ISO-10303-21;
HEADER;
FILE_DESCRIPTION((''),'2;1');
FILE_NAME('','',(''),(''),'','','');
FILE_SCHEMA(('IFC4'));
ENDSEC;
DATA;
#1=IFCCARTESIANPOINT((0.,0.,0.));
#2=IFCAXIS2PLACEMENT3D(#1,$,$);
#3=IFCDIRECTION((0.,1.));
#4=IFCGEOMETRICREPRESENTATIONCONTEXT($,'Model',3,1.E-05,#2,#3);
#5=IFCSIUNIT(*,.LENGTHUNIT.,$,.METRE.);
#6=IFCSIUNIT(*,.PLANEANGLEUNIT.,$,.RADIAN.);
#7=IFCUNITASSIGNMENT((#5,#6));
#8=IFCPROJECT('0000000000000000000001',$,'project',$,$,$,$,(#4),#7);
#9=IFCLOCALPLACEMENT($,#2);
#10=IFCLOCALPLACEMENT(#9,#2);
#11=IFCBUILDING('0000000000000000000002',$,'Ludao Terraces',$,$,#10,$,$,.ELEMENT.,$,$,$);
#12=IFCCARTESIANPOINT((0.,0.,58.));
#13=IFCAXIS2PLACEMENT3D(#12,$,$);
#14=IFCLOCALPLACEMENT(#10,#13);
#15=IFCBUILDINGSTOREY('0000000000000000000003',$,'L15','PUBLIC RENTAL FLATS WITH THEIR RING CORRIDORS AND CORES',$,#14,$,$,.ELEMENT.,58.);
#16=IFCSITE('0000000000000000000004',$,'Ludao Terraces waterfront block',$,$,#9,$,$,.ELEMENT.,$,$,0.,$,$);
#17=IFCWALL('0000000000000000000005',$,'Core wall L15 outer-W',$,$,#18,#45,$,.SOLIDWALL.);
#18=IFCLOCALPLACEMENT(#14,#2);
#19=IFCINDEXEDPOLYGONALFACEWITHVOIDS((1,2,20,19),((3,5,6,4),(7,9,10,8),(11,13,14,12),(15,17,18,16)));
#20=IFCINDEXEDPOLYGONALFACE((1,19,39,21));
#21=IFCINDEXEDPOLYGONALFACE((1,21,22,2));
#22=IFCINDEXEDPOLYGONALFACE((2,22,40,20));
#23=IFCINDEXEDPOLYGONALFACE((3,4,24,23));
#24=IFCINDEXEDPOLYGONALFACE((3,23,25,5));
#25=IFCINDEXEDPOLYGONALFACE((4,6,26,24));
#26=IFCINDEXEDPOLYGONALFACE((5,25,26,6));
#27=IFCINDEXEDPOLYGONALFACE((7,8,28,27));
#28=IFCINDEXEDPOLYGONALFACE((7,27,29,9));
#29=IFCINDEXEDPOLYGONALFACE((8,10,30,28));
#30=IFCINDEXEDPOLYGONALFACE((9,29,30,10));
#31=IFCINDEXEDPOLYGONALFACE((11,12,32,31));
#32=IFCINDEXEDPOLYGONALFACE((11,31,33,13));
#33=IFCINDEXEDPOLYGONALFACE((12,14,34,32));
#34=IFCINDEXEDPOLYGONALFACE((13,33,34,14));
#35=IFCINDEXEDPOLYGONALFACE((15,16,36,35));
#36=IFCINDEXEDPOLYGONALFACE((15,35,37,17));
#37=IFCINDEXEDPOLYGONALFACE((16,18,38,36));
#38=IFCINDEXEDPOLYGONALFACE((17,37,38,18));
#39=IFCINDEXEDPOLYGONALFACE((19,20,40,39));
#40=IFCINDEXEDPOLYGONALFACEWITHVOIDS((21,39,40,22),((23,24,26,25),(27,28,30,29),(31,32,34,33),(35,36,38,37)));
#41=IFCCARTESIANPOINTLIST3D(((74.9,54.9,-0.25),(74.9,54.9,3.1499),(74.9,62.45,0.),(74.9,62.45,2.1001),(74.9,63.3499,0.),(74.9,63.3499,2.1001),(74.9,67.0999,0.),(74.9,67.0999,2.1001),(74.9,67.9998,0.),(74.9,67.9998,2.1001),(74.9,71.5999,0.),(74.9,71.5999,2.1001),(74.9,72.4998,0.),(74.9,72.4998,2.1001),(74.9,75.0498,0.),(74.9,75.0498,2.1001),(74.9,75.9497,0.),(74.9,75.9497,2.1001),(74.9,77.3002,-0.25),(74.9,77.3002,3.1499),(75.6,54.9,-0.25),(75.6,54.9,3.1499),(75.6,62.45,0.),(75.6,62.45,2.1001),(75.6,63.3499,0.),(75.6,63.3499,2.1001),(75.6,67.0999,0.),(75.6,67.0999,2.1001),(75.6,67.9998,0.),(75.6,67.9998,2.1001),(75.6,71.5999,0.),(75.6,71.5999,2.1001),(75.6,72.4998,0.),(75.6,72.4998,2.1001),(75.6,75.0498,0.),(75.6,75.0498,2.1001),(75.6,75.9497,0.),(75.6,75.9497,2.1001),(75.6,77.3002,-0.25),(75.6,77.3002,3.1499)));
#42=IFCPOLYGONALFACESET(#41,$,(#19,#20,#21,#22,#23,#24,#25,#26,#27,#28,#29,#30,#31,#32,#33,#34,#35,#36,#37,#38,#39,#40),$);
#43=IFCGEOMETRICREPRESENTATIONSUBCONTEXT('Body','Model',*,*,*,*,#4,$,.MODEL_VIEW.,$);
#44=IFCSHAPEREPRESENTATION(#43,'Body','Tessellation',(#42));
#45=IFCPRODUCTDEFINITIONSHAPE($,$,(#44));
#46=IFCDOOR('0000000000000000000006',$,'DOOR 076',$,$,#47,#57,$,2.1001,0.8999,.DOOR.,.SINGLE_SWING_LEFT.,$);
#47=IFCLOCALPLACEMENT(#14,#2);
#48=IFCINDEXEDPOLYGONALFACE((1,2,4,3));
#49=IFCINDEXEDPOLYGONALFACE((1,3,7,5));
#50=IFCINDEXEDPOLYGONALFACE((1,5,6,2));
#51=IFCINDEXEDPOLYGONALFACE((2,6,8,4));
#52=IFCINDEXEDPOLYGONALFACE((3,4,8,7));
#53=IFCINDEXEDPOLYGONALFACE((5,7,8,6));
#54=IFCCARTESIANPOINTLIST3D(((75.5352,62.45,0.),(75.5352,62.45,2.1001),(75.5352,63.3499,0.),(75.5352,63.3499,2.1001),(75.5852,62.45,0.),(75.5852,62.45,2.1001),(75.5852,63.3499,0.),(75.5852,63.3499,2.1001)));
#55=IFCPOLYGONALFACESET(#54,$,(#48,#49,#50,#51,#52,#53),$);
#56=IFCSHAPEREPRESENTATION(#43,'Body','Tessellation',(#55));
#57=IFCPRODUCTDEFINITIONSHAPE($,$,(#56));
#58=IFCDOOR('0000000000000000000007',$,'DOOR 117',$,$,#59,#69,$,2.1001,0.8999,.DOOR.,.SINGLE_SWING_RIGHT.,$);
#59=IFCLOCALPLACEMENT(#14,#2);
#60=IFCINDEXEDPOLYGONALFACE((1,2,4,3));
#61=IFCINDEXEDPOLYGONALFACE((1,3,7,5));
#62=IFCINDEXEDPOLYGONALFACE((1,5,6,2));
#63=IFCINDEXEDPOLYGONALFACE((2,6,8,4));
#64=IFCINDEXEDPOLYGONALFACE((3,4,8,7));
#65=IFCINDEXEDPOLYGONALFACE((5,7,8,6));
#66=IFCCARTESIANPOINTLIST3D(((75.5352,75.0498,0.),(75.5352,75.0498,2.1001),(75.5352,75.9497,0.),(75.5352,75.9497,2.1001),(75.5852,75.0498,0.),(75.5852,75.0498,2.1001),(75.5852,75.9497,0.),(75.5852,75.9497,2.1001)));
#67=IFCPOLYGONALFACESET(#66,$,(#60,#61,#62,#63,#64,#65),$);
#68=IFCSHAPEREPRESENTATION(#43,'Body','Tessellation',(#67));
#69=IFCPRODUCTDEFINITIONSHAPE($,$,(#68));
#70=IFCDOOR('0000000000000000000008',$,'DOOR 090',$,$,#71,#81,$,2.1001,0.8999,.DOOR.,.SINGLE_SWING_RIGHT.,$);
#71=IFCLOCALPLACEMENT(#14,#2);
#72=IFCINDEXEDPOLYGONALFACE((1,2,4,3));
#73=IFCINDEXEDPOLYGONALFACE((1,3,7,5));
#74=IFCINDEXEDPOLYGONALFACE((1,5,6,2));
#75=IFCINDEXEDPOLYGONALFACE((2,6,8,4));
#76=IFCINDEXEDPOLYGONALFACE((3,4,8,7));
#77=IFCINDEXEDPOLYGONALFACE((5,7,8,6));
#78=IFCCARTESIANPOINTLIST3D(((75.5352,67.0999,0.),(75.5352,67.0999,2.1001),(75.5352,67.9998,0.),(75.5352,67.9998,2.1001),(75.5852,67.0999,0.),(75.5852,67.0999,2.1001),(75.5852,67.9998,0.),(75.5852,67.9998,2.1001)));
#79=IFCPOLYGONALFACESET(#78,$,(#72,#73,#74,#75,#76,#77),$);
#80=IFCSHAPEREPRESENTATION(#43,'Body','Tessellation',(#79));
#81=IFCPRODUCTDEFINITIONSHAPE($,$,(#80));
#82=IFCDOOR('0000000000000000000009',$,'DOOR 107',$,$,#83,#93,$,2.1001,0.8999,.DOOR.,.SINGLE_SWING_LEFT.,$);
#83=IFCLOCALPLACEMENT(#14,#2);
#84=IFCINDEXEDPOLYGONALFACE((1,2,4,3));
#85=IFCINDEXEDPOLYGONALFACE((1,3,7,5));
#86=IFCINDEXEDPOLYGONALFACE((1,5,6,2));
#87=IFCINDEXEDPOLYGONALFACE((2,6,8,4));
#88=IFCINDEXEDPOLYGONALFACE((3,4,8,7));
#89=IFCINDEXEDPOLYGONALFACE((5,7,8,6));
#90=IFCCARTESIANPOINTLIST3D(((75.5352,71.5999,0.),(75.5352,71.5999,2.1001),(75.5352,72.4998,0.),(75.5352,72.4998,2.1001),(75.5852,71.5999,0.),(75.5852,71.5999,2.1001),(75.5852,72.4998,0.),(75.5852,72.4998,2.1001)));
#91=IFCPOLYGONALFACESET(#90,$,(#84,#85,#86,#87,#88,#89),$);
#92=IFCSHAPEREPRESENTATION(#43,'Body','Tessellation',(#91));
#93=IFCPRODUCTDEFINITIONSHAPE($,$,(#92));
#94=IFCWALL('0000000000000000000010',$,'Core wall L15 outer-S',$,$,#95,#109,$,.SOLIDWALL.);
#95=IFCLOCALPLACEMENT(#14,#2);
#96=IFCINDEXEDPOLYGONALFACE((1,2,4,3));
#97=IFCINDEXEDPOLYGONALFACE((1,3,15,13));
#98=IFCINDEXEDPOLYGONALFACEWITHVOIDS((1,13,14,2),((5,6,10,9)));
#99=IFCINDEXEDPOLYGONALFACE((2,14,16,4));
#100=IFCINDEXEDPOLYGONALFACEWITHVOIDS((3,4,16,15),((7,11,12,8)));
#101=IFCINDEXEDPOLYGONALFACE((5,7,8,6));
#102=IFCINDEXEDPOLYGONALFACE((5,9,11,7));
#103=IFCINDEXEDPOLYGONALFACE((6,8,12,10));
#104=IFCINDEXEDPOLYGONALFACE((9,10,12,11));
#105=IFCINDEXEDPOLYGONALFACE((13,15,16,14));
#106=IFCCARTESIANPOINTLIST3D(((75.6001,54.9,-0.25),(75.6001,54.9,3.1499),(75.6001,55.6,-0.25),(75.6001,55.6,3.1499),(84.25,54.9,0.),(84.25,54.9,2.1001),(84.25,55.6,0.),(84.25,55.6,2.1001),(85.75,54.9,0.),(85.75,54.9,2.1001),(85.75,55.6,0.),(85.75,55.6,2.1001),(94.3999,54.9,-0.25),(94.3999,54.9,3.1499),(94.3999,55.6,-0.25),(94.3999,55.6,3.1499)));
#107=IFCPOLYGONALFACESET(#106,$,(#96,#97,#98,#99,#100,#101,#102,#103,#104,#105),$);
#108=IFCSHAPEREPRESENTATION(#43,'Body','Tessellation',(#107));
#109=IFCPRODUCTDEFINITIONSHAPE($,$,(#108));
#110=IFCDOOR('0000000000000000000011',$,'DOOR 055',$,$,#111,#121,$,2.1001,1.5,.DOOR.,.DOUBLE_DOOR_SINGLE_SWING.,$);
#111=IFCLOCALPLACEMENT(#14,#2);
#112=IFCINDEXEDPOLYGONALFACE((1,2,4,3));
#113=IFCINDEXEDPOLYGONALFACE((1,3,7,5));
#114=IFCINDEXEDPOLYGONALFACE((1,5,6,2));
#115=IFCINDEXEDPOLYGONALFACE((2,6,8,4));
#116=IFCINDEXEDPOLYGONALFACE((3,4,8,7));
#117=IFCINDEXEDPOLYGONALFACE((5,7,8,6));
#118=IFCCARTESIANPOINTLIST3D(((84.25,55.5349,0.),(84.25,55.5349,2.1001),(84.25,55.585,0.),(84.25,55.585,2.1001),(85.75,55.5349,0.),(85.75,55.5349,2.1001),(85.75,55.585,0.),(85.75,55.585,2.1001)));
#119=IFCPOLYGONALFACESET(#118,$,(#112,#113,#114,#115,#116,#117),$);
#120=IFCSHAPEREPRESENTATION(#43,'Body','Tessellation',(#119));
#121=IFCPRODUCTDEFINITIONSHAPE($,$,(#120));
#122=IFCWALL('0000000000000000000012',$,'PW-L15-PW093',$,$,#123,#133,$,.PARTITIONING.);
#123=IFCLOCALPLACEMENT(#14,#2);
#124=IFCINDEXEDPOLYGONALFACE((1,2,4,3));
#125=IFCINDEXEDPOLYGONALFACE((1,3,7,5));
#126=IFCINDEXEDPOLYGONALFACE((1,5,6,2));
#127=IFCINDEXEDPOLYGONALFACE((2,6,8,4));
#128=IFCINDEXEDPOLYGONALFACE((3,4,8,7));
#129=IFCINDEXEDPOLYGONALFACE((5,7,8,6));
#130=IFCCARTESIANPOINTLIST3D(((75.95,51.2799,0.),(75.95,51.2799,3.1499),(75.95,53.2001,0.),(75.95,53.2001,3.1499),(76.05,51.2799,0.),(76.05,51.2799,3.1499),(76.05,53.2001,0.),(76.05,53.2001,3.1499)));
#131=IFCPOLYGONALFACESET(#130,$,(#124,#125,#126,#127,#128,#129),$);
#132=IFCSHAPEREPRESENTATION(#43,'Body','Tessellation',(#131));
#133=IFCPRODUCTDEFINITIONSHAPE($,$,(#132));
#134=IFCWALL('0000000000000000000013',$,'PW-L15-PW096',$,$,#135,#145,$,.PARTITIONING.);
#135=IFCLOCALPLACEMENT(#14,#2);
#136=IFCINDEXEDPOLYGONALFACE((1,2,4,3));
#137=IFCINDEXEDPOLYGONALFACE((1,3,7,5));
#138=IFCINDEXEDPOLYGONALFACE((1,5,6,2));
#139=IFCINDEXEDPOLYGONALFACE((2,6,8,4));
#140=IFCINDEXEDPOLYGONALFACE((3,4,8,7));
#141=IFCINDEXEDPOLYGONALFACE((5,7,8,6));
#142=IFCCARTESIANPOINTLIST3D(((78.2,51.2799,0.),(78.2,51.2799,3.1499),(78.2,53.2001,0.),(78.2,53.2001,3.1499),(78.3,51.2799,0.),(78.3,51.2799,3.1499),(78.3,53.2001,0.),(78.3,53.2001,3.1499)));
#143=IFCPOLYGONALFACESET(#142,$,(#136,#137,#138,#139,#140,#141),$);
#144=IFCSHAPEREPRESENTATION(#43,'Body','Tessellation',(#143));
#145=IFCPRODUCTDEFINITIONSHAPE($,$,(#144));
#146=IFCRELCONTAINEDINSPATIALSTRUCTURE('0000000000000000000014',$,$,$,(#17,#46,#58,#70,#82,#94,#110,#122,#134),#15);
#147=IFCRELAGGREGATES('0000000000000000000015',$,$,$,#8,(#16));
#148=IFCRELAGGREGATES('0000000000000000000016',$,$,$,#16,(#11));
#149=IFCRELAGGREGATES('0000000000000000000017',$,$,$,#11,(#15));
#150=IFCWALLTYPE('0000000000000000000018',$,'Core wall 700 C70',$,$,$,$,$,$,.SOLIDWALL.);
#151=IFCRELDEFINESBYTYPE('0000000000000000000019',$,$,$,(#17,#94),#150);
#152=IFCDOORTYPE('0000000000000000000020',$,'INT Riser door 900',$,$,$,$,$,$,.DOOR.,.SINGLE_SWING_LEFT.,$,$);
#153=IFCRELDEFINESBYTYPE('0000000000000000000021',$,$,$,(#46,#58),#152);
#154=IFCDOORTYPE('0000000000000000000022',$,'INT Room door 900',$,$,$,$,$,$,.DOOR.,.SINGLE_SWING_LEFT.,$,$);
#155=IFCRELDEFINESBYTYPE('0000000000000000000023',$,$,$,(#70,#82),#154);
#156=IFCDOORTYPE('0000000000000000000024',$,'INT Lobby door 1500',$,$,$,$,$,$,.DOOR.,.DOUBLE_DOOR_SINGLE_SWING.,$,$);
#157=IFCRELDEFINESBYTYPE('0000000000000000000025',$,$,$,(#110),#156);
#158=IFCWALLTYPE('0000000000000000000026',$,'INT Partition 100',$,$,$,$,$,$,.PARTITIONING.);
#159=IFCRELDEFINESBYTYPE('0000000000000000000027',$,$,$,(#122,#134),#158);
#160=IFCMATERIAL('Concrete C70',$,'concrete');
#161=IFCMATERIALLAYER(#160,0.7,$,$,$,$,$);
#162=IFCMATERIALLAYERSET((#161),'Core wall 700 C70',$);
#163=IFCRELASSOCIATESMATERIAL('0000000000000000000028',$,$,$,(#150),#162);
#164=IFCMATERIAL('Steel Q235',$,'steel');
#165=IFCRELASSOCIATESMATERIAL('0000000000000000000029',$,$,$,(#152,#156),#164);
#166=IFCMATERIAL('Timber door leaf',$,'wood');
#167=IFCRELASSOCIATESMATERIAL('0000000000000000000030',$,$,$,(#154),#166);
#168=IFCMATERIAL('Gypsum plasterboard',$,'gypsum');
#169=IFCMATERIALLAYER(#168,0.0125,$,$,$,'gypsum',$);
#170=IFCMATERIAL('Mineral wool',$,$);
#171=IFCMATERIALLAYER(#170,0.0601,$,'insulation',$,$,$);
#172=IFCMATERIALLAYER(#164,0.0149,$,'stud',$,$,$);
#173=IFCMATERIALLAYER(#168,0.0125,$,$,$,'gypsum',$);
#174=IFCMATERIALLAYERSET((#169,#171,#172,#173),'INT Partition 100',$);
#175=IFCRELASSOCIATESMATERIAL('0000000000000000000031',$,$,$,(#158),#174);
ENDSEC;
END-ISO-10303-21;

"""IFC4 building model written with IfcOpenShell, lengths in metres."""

from ifc_helpers import new_model, si_unit, direction, frame, frame_2d, origin, place, context, subcontext, project, spatial, rectangle, extrude, material, layer, layer_set, type_object, element, fill, save


model = new_model("IFC4")

# Units and contexts
model_context = context("Model", 3, precision=1e-05, world=origin(), true_north=direction((0.0, 1.0)))
body_context = subcontext(model_context, "Body", "Model", "MODEL_VIEW")
ifc_project = project(units=[si_unit("LENGTHUNIT", "METRE"), si_unit("PLANEANGLEUNIT", "RADIAN")], contexts=[model_context])

# Site, building, storey
site_placement = place(None, origin())
site = spatial("IfcSite", under=ifc_project, at=site_placement, Name="Ludao Terraces waterfront block", CompositionType="ELEMENT", RefElevation=0.0)
building_placement = place(site_placement, origin())
building = spatial("IfcBuilding", under=site, at=building_placement, Name="Ludao Terraces", CompositionType="ELEMENT")
storey_placement = place(building_placement, frame((0.0, 0.0, 58.0)))
storey = spatial("IfcBuildingStorey", under=building, at=storey_placement, Name="L15", Description="PUBLIC RENTAL FLATS WITH THEIR RING CORRIDORS AND CORES", CompositionType="ELEMENT", Elevation=58.0)

# Wall, openings, doors
ifc_material_1 = material(Name="Concrete C70", Category="concrete")
ifc_layer_1 = layer(ifc_material_1, 0.7)
ifc_layer_set_1 = layer_set([ifc_layer_1], Name="Core wall 700 C70")
wall_type_1 = type_object("IfcWallType", Name="Core wall 700 C70", PredefinedType="SOLIDWALL", material=ifc_layer_set_1)
wall_1_placement = place(storey_placement, frame((75.25, 54.8999, -0.25), z_axis=(0.0, 0.0, 1.0), x_axis=(0.0, 1.0, 0.0)))
wall_1 = element("IfcWall", 1, at=wall_1_placement, inside=storey, type_object=wall_type_1, Name="Core wall L15 outer-W", PredefinedType="SOLIDWALL", context=body_context, shape_type="SweptSolid", body=[
    extrude(rectangle(XDim=22.4001, YDim=0.7, at=frame_2d((11.2002, 0.0))), origin(), (0.0, 0.0, 1.0), 3.3999),
])
opening_1_placement = place(wall_1_placement, frame((7.55, 0.0, 0.25)))
opening_1 = element("IfcOpeningElement", 2, at=opening_1_placement, cuts=wall_1, PredefinedType="OPENING", context=body_context, shape_type="SweptSolid", body=[
    extrude(rectangle(XDim=0.8999, YDim=2.1001, at=frame_2d((0.45, 1.05))), frame((0.0, 0.3599, 0.0), z_axis=(0.0, -1.0, 0.0), x_axis=(1.0, 0.0, 0.0)), (0.0, 0.0, 1.0), 0.72),
])
opening_2_placement = place(wall_1_placement, frame((12.2, 0.0, 0.25)))
opening_2 = element("IfcOpeningElement", 3, at=opening_2_placement, cuts=wall_1, PredefinedType="OPENING", context=body_context, shape_type="SweptSolid", body=[
    extrude(rectangle(XDim=0.8999, YDim=2.1001, at=frame_2d((0.45, 1.05))), frame((0.0, 0.3599, 0.0), z_axis=(0.0, -1.0, 0.0), x_axis=(1.0, 0.0, 0.0)), (0.0, 0.0, 1.0), 0.72),
])
opening_3_placement = place(wall_1_placement, frame((16.7, 0.0, 0.25)))
opening_3 = element("IfcOpeningElement", 4, at=opening_3_placement, cuts=wall_1, PredefinedType="OPENING", context=body_context, shape_type="SweptSolid", body=[
    extrude(rectangle(XDim=0.8999, YDim=2.1001, at=frame_2d((0.45, 1.05))), frame((0.0, 0.3599, 0.0), z_axis=(0.0, -1.0, 0.0), x_axis=(1.0, 0.0, 0.0)), (0.0, 0.0, 1.0), 0.72),
])
opening_4_placement = place(wall_1_placement, frame((20.1499, 0.0, 0.25)))
opening_4 = element("IfcOpeningElement", 5, at=opening_4_placement, cuts=wall_1, PredefinedType="OPENING", context=body_context, shape_type="SweptSolid", body=[
    extrude(rectangle(XDim=0.8999, YDim=2.1001, at=frame_2d((0.45, 1.05))), frame((0.0, 0.3599, 0.0), z_axis=(0.0, -1.0, 0.0), x_axis=(1.0, 0.0, 0.0)), (0.0, 0.0, 1.0), 0.72),
])
ifc_material_2 = material(Name="Steel Q235", Category="steel")
door_type_1 = type_object("IfcDoorType", Name="INT Riser door 900", OperationType="SINGLE_SWING_LEFT", PredefinedType="DOOR", material=ifc_material_2)
door_1_placement = place(opening_1_placement, origin())
door_1 = element("IfcDoor", 6, at=door_1_placement, inside=storey, type_object=door_type_1, Name="DOOR 076", OperationType="SINGLE_SWING_LEFT", OverallHeight=2.1001, OverallWidth=0.8999, PredefinedType="DOOR", context=body_context, shape_type="SweptSolid", body=[
    extrude(rectangle(XDim=0.8999, YDim=2.1001, at=frame_2d((0.45, 1.05))), frame((0.0, -0.2852, 0.0), z_axis=(0.0, -1.0, 0.0), x_axis=(1.0, 0.0, 0.0)), (0.0, 0.0, 1.0), 0.05),
])
fill(opening_1, door_1)
door_2_placement = place(opening_4_placement, origin())
door_2 = element("IfcDoor", 7, at=door_2_placement, inside=storey, type_object=door_type_1, Name="DOOR 117", OperationType="SINGLE_SWING_RIGHT", OverallHeight=2.1001, OverallWidth=0.8999, PredefinedType="DOOR", context=body_context, shape_type="SweptSolid", body=[
    extrude(rectangle(XDim=0.8999, YDim=2.1001, at=frame_2d((0.45, 1.05))), frame((0.0, -0.2852, 0.0), z_axis=(0.0, -1.0, 0.0), x_axis=(1.0, 0.0, 0.0)), (0.0, 0.0, 1.0), 0.05),
])
fill(opening_4, door_2)
ifc_material_3 = material(Name="Timber door leaf", Category="wood")
door_type_2 = type_object("IfcDoorType", Name="INT Room door 900", OperationType="SINGLE_SWING_LEFT", PredefinedType="DOOR", material=ifc_material_3)
door_3_placement = place(opening_2_placement, origin())
door_3 = element("IfcDoor", 8, at=door_3_placement, inside=storey, type_object=door_type_2, Name="DOOR 090", OperationType="SINGLE_SWING_RIGHT", OverallHeight=2.1001, OverallWidth=0.8999, PredefinedType="DOOR", context=body_context, shape_type="SweptSolid", body=[
    extrude(rectangle(XDim=0.8999, YDim=2.1001, at=frame_2d((0.45, 1.05))), frame((0.0, -0.2852, 0.0), z_axis=(0.0, -1.0, 0.0), x_axis=(1.0, 0.0, 0.0)), (0.0, 0.0, 1.0), 0.05),
])
fill(opening_2, door_3)
door_4_placement = place(opening_3_placement, origin())
door_4 = element("IfcDoor", 9, at=door_4_placement, inside=storey, type_object=door_type_2, Name="DOOR 107", OperationType="SINGLE_SWING_LEFT", OverallHeight=2.1001, OverallWidth=0.8999, PredefinedType="DOOR", context=body_context, shape_type="SweptSolid", body=[
    extrude(rectangle(XDim=0.8999, YDim=2.1001, at=frame_2d((0.45, 1.05))), frame((0.0, -0.2852, 0.0), z_axis=(0.0, -1.0, 0.0), x_axis=(1.0, 0.0, 0.0)), (0.0, 0.0, 1.0), 0.05),
])
fill(opening_3, door_4)

# Wall, opening, door
wall_2_placement = place(storey_placement, frame((75.6001, 55.25, -0.25), z_axis=(0.0, 0.0, 1.0), x_axis=(1.0, 0.0, 0.0)))
wall_2 = element("IfcWall", 10, at=wall_2_placement, inside=storey, type_object=wall_type_1, Name="Core wall L15 outer-S", PredefinedType="SOLIDWALL", context=body_context, shape_type="SweptSolid", body=[
    extrude(rectangle(XDim=18.7998, YDim=0.7, at=frame_2d((9.3999, 0.0))), origin(), (0.0, 0.0, 1.0), 3.3999),
])
opening_5_placement = place(wall_2_placement, frame((8.6499, 0.0, 0.25)))
opening_5 = element("IfcOpeningElement", 11, at=opening_5_placement, cuts=wall_2, PredefinedType="OPENING", context=body_context, shape_type="SweptSolid", body=[
    extrude(rectangle(XDim=1.5, YDim=2.1001, at=frame_2d((0.75, 1.05))), frame((0.0, 0.3599, 0.0), z_axis=(0.0, -1.0, 0.0), x_axis=(1.0, 0.0, 0.0)), (0.0, 0.0, 1.0), 0.72),
])
door_type_3 = type_object("IfcDoorType", Name="INT Lobby door 1500", OperationType="DOUBLE_DOOR_SINGLE_SWING", PredefinedType="DOOR", material=ifc_material_2)
door_5_placement = place(opening_5_placement, origin())
door_5 = element("IfcDoor", 12, at=door_5_placement, inside=storey, type_object=door_type_3, Name="DOOR 055", OperationType="DOUBLE_DOOR_SINGLE_SWING", OverallHeight=2.1001, OverallWidth=1.5, PredefinedType="DOOR", context=body_context, shape_type="SweptSolid", body=[
    extrude(rectangle(XDim=1.5, YDim=2.1001, at=frame_2d((0.75, 1.05))), frame((0.0, 0.335, 0.0), z_axis=(0.0, -1.0, 0.0), x_axis=(1.0, 0.0, 0.0)), (0.0, 0.0, 1.0), 0.05),
])
fill(opening_5, door_5)

# Walls
ifc_material_4 = material(Name="Gypsum plasterboard", Category="gypsum")
ifc_layer_2 = layer(ifc_material_4, 0.0125, Category="gypsum")
ifc_material_5 = material(Name="Mineral wool")
ifc_layer_3 = layer(ifc_material_5, 0.0601, Name="insulation")
ifc_layer_4 = layer(ifc_material_2, 0.0149, Name="stud")
ifc_layer_5 = layer(ifc_material_4, 0.0125, Category="gypsum")
ifc_layer_set_2 = layer_set([ifc_layer_2, ifc_layer_3, ifc_layer_4, ifc_layer_5], Name="INT Partition 100")
wall_type_2 = type_object("IfcWallType", Name="INT Partition 100", PredefinedType="PARTITIONING", material=ifc_layer_set_2)
for number, where, z_axis, x_axis, name in (
    (13, (76.0, 51.28, 0.0), (0.0, 0.0, 1.0), (0.0, 1.0, 0.0), "PW-L15-PW093"),
    (14, (78.25, 51.28, 0.0), (0.0, 0.0, 1.0), (0.0, 1.0, 0.0), "PW-L15-PW096"),
):
    element("IfcWall", number, at=place(storey_placement, frame(where, z_axis=z_axis, x_axis=x_axis)), inside=storey, type_object=wall_type_2, Name=name, PredefinedType="PARTITIONING", context=body_context, shape_type="SweptSolid", body=[
        extrude(rectangle(XDim=1.9202, YDim=0.1001, at=frame_2d((0.96, 0.0))), origin(), (0.0, 0.0, 1.0), 3.1499),
    ])

save(model, "model.ifc")
